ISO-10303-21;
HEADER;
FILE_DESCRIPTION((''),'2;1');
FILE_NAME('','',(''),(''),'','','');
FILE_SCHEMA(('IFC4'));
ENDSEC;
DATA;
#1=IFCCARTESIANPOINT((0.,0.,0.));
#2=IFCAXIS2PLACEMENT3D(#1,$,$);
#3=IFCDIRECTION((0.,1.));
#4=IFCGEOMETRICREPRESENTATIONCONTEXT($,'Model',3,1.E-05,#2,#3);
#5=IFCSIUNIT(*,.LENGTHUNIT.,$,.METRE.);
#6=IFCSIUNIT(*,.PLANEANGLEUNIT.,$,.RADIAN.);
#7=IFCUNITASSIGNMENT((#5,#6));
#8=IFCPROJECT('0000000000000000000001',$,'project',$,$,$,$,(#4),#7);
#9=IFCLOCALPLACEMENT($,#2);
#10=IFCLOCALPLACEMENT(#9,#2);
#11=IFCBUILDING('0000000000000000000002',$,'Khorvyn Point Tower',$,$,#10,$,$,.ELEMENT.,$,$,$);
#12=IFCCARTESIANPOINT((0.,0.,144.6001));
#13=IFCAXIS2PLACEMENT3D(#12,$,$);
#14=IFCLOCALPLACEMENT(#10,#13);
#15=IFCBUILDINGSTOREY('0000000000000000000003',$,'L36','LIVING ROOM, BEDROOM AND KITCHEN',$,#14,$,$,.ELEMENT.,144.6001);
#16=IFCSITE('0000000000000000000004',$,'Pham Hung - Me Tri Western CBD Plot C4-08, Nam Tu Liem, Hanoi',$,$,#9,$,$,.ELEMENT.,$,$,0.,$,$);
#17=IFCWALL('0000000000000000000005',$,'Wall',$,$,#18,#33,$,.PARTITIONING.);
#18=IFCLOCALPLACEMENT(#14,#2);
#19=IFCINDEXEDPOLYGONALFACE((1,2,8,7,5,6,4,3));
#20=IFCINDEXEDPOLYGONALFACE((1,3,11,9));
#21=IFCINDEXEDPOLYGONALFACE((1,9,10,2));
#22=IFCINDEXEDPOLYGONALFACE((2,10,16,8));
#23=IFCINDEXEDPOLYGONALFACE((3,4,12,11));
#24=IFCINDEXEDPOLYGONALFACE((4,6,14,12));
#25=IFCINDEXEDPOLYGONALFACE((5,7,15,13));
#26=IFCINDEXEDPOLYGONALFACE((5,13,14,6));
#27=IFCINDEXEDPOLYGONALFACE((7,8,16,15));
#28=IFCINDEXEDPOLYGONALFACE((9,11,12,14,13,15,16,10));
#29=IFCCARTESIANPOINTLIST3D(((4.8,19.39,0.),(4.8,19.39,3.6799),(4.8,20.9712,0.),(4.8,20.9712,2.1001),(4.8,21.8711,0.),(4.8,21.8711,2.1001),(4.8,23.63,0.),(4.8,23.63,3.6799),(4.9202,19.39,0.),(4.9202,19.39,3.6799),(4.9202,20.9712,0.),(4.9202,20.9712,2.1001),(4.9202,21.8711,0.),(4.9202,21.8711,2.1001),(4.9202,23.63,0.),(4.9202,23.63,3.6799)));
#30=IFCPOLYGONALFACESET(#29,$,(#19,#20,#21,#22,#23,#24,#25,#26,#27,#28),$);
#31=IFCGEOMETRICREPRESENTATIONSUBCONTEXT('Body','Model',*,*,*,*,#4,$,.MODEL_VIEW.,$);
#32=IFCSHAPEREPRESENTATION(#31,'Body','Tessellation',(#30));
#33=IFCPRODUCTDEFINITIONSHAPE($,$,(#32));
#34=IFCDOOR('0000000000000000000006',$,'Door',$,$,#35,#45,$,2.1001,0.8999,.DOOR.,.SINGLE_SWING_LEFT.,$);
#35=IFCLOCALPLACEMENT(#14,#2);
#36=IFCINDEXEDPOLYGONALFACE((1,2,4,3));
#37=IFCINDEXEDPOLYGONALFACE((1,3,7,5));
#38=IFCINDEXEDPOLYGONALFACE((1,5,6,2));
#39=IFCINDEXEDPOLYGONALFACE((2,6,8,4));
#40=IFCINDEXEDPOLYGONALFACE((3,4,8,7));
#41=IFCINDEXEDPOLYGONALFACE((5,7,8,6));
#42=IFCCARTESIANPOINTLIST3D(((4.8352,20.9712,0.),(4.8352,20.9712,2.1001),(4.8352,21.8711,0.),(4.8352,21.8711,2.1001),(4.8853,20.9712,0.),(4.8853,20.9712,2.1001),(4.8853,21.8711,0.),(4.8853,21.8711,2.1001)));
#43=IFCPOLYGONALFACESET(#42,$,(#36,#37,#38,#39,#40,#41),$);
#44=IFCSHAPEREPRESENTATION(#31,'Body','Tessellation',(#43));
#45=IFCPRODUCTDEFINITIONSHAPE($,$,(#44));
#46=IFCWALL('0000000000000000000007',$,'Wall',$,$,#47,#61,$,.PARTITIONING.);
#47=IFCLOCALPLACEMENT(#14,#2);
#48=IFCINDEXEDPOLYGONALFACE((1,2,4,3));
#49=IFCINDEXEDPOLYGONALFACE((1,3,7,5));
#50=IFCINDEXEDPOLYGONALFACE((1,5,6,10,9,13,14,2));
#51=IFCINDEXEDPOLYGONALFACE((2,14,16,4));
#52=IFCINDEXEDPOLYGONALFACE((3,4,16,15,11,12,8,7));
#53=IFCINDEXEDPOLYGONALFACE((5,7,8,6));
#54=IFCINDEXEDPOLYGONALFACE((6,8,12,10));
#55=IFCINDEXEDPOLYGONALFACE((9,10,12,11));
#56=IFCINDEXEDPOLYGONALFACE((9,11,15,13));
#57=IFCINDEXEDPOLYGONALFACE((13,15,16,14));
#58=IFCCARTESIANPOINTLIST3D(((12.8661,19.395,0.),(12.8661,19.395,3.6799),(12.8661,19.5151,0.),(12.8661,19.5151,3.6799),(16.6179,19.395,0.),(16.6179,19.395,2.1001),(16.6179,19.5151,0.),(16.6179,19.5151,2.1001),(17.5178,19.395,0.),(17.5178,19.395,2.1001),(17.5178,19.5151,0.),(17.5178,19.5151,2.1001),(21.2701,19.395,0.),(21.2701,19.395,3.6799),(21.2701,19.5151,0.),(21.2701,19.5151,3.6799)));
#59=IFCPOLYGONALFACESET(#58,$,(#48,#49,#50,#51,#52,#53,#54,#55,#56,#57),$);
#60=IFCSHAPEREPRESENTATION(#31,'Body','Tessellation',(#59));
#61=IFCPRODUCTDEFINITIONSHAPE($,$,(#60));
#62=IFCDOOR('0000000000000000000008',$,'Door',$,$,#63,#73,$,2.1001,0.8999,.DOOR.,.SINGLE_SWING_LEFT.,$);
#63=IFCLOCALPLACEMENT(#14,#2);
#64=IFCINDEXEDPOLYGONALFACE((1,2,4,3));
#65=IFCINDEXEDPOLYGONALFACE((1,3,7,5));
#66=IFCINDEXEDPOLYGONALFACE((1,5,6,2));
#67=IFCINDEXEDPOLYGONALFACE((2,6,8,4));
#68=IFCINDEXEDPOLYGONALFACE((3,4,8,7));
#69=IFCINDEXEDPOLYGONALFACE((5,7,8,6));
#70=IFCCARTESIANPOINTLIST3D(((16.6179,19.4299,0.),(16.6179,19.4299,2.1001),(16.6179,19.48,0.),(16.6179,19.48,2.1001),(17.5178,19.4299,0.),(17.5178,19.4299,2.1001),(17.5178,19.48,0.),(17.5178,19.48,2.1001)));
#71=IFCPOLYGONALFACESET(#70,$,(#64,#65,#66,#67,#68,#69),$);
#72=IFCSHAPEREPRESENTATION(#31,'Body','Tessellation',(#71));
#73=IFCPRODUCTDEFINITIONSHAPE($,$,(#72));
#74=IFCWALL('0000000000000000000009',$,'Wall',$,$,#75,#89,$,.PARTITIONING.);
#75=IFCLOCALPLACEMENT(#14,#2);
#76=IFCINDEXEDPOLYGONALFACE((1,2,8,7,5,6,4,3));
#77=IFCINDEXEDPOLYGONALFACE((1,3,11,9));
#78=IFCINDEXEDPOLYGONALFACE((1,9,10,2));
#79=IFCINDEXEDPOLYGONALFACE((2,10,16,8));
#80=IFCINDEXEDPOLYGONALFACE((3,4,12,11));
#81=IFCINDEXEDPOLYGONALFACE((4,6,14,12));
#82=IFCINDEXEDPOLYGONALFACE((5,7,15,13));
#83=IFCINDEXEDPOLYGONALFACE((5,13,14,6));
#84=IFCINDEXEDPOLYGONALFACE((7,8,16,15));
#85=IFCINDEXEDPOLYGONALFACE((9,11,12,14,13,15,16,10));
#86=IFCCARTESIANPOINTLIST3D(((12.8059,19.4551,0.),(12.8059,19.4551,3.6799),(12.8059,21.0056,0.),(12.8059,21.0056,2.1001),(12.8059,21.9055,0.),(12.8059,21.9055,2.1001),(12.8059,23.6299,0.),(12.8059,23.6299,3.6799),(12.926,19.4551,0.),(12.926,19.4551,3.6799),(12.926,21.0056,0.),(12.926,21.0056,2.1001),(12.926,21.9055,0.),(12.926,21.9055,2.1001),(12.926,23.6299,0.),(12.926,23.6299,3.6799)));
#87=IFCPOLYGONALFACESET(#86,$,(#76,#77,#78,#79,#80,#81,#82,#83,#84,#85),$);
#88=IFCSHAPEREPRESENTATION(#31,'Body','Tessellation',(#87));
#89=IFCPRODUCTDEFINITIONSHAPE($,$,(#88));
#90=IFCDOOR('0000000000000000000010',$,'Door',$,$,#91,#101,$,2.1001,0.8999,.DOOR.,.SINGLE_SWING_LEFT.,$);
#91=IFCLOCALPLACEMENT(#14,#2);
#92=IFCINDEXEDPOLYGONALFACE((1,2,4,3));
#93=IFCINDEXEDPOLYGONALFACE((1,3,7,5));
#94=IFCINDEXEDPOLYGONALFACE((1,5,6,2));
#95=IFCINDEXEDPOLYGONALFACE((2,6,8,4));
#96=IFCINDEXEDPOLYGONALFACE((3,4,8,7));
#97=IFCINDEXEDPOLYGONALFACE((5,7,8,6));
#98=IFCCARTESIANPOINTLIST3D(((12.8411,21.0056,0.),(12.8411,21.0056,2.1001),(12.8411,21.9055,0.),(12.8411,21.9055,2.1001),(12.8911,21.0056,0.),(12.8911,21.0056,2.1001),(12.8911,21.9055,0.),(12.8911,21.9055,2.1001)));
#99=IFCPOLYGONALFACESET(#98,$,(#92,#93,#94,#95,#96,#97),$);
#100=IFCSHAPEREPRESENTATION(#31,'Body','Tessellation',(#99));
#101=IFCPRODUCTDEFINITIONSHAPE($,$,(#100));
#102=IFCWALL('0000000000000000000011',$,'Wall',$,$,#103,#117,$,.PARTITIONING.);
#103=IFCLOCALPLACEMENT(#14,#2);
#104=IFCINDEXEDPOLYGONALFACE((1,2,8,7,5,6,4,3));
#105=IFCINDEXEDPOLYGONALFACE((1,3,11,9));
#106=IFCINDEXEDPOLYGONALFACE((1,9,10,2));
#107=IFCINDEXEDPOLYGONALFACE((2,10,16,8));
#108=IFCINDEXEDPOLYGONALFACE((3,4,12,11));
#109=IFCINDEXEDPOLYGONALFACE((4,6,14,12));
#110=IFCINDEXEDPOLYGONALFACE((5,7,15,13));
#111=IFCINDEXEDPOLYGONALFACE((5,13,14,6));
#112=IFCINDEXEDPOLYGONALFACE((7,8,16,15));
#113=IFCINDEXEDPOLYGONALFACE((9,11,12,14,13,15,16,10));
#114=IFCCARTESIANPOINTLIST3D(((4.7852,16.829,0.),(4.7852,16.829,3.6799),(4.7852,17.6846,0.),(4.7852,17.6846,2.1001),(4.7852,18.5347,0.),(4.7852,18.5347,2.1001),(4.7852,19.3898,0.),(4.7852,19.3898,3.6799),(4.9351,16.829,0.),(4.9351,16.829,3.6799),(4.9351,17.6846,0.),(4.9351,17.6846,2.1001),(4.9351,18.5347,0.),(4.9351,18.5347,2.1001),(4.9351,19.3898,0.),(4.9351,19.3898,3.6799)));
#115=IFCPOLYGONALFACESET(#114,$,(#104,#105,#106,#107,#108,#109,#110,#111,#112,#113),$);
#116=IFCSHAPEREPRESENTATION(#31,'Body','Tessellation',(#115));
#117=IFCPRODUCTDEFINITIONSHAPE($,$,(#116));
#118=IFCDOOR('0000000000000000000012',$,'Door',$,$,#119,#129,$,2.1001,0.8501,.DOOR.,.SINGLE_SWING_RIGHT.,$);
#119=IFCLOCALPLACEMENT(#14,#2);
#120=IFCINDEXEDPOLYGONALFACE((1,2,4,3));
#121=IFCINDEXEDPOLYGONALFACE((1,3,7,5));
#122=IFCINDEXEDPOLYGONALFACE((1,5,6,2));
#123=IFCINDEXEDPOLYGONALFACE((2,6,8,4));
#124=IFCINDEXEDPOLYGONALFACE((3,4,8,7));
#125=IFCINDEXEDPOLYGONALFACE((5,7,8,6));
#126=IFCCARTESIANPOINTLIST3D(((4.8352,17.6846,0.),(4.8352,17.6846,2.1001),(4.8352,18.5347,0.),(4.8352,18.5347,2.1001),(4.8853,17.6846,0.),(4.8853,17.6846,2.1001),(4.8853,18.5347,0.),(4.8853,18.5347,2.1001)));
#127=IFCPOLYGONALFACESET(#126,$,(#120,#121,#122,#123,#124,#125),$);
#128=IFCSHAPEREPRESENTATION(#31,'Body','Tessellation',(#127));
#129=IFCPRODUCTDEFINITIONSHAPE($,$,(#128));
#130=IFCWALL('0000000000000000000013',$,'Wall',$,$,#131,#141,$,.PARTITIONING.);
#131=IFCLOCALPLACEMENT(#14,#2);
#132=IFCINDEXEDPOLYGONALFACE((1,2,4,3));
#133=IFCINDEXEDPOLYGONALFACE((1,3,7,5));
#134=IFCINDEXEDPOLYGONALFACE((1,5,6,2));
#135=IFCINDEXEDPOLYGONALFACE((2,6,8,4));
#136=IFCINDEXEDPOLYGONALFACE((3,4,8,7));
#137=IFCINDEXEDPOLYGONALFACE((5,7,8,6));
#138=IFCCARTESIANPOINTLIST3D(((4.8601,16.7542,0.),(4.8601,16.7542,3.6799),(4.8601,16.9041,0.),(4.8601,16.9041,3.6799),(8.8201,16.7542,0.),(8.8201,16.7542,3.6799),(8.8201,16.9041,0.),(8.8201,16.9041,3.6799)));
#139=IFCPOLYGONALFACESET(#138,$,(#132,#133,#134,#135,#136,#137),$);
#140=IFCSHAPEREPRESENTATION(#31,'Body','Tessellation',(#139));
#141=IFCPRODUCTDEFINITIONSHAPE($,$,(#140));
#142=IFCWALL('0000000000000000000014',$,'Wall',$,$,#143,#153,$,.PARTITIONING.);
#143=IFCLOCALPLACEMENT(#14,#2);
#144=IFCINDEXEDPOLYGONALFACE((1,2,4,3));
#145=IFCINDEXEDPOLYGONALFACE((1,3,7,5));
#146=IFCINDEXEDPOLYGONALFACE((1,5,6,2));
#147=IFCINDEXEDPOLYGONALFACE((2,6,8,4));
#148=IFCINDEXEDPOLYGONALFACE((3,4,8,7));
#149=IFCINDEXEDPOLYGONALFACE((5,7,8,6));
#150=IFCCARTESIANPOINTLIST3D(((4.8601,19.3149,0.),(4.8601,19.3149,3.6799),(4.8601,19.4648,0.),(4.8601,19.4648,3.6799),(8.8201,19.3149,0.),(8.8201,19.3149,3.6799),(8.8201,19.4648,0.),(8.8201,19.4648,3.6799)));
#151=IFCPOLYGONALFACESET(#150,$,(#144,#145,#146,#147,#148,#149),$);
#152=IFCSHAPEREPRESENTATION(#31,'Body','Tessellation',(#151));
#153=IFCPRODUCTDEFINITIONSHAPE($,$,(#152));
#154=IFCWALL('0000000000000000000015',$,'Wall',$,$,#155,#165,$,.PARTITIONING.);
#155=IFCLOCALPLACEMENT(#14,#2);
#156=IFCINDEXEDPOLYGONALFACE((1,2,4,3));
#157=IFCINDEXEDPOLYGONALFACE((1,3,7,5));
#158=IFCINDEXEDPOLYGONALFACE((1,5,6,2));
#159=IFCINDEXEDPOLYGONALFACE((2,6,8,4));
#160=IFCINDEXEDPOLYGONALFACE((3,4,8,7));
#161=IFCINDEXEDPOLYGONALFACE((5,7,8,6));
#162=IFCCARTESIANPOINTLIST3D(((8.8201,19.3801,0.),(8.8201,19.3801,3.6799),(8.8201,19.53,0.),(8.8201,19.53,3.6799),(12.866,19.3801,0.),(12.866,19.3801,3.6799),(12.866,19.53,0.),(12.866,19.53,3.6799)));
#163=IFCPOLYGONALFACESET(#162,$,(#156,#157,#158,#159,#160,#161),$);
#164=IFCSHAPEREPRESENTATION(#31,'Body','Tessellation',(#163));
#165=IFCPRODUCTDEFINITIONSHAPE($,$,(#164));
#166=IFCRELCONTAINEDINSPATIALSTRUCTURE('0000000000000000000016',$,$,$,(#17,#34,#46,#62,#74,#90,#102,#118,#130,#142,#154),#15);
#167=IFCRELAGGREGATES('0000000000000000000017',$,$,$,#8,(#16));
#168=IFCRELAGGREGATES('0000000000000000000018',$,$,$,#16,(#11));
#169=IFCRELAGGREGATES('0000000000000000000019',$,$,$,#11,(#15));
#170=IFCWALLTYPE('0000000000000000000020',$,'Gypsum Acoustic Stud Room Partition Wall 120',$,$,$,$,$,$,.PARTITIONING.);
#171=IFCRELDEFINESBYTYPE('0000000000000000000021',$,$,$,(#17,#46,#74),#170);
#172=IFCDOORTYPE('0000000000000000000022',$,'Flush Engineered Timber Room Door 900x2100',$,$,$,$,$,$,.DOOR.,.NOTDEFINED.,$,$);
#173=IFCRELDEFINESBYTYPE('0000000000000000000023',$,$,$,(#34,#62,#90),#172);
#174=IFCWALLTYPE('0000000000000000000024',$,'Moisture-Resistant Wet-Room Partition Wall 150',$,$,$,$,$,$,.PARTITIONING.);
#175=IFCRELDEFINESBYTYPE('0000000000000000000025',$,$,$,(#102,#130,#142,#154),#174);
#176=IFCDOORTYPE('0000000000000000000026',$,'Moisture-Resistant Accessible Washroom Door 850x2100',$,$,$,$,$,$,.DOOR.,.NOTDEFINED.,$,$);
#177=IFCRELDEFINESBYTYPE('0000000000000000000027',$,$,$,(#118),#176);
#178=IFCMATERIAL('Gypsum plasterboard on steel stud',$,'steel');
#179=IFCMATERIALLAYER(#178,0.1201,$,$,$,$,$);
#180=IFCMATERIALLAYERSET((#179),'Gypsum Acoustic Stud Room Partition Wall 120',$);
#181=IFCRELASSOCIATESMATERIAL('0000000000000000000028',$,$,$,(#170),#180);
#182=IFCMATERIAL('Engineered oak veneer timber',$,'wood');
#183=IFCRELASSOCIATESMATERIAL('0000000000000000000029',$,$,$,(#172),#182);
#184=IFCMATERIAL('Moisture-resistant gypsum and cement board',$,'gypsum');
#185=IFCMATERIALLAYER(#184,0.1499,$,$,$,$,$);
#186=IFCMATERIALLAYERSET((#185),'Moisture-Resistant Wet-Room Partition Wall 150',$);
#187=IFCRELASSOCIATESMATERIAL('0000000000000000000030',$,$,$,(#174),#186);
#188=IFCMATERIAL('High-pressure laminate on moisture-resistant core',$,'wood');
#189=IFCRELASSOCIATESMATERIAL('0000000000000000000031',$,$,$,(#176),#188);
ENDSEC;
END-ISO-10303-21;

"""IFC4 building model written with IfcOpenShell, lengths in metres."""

from ifc_helpers import new_model, si_unit, direction, frame, frame_2d, origin, place, context, subcontext, project, spatial, rectangle, extrude, material, layer, layer_set, type_object, element, fill, save


model = new_model("IFC4")

# Units and contexts
model_context = context("Model", 3, precision=1e-05, world=origin(), true_north=direction((0.0, 1.0)))
body_context = subcontext(model_context, "Body", "Model", "MODEL_VIEW")
ifc_project = project(units=[si_unit("LENGTHUNIT", "METRE"), si_unit("PLANEANGLEUNIT", "RADIAN")], contexts=[model_context])

# Site, building, storey
site_placement = place(None, origin())
site = spatial("IfcSite", under=ifc_project, at=site_placement, Name="Pham Hung - Me Tri Western CBD Plot C4-08, Nam Tu Liem, Hanoi", CompositionType="ELEMENT", RefElevation=0.0)
building_placement = place(site_placement, origin())
building = spatial("IfcBuilding", under=site, at=building_placement, Name="Khorvyn Point Tower", CompositionType="ELEMENT")
storey_placement = place(building_placement, frame((0.0, 0.0, 144.6001)))
storey = spatial("IfcBuildingStorey", under=building, at=storey_placement, Name="L36", Description="LIVING ROOM, BEDROOM AND KITCHEN", CompositionType="ELEMENT", Elevation=144.6001)

# Walls, openings, doors
ifc_material_1 = material(Name="Gypsum plasterboard on steel stud", Category="steel")
ifc_layer_1 = layer(ifc_material_1, 0.1201)
ifc_layer_set_1 = layer_set([ifc_layer_1], Name="Gypsum Acoustic Stud Room Partition Wall 120")
wall_type_1 = type_object("IfcWallType", Name="Gypsum Acoustic Stud Room Partition Wall 120", PredefinedType="PARTITIONING", material=ifc_layer_set_1)
wall_1_placement = place(storey_placement, frame((4.8601, 19.3899, 0.0), z_axis=(0.0, 0.0, 1.0), x_axis=(0.0, 1.0, 0.0)))
wall_1 = element("IfcWall", 1, at=wall_1_placement, inside=storey, type_object=wall_type_1, Name="Wall", PredefinedType="PARTITIONING", context=body_context, shape_type="SweptSolid", body=[
    extrude(rectangle(XDim=4.24, YDim=0.1201, at=frame_2d((2.1201, 0.0))), origin(), (0.0, 0.0, 1.0), 3.6799),
])
opening_1_placement = place(wall_1_placement, frame((1.5813, 0.0, 0.0)))
opening_1 = element("IfcOpeningElement", 2, at=opening_1_placement, cuts=wall_1, PredefinedType="OPENING", context=body_context, shape_type="SweptSolid", body=[
    extrude(rectangle(XDim=0.8999, YDim=2.1001, at=frame_2d((0.45, 1.05))), frame((0.0, 0.0701, 0.0), z_axis=(0.0, -1.0, 0.0), x_axis=(1.0, 0.0, 0.0)), (0.0, 0.0, 1.0), 0.1401),
])
ifc_material_2 = material(Name="Engineered oak veneer timber", Category="wood")
door_type_1 = type_object("IfcDoorType", Name="Flush Engineered Timber Room Door 900x2100", OperationType="NOTDEFINED", PredefinedType="DOOR", material=ifc_material_2)
door_1_placement = place(opening_1_placement, origin())
door_1 = element("IfcDoor", 3, at=door_1_placement, inside=storey, type_object=door_type_1, Name="Door", OperationType="SINGLE_SWING_LEFT", OverallHeight=2.1001, OverallWidth=0.8999, PredefinedType="DOOR", context=body_context, shape_type="SweptSolid", body=[
    extrude(rectangle(XDim=0.8999, YDim=2.1001, at=frame_2d((0.45, 1.05))), frame((0.0, 0.0249, 0.0), z_axis=(0.0, -1.0, 0.0), x_axis=(1.0, 0.0, 0.0)), (0.0, 0.0, 1.0), 0.05),
])
fill(opening_1, door_1)
wall_2_placement = place(storey_placement, frame((12.866, 19.4551, 0.0), z_axis=(0.0, 0.0, 1.0), x_axis=(1.0, 0.0, 0.0)))
wall_2 = element("IfcWall", 4, at=wall_2_placement, inside=storey, type_object=wall_type_1, Name="Wall", PredefinedType="PARTITIONING", context=body_context, shape_type="SweptSolid", body=[
    extrude(rectangle(XDim=8.4041, YDim=0.1201, at=frame_2d((4.2021, 0.0))), origin(), (0.0, 0.0, 1.0), 3.6799),
])
opening_2_placement = place(wall_2_placement, frame((3.752, 0.0, 0.0)))
opening_2 = element("IfcOpeningElement", 5, at=opening_2_placement, cuts=wall_2, PredefinedType="OPENING", context=body_context, shape_type="SweptSolid", body=[
    extrude(rectangle(XDim=0.8999, YDim=2.1001, at=frame_2d((0.45, 1.05))), frame((0.0, 0.0701, 0.0), z_axis=(0.0, -1.0, 0.0), x_axis=(1.0, 0.0, 0.0)), (0.0, 0.0, 1.0), 0.1401),
])
door_2_placement = place(opening_2_placement, origin())
door_2 = element("IfcDoor", 6, at=door_2_placement, inside=storey, type_object=door_type_1, Name="Door", OperationType="SINGLE_SWING_LEFT", OverallHeight=2.1001, OverallWidth=0.8999, PredefinedType="DOOR", context=body_context, shape_type="SweptSolid", body=[
    extrude(rectangle(XDim=0.8999, YDim=2.1001, at=frame_2d((0.45, 1.05))), frame((0.0, 0.0249, 0.0), z_axis=(0.0, -1.0, 0.0), x_axis=(1.0, 0.0, 0.0)), (0.0, 0.0, 1.0), 0.05),
])
fill(opening_2, door_2)
wall_3_placement = place(storey_placement, frame((12.866, 19.4551, 0.0), z_axis=(0.0, 0.0, 1.0), x_axis=(0.0, 1.0, 0.0)))
wall_3 = element("IfcWall", 7, at=wall_3_placement, inside=storey, type_object=wall_type_1, Name="Wall", PredefinedType="PARTITIONING", context=body_context, shape_type="SweptSolid", body=[
    extrude(rectangle(XDim=4.1748, YDim=0.1201, at=frame_2d((2.0874, 0.0))), origin(), (0.0, 0.0, 1.0), 3.6799),
])
opening_3_placement = place(wall_3_placement, frame((1.5505, 0.0, 0.0)))
opening_3 = element("IfcOpeningElement", 8, at=opening_3_placement, cuts=wall_3, PredefinedType="OPENING", context=body_context, shape_type="SweptSolid", body=[
    extrude(rectangle(XDim=0.8999, YDim=2.1001, at=frame_2d((0.45, 1.05))), frame((0.0, 0.0701, 0.0), z_axis=(0.0, -1.0, 0.0), x_axis=(1.0, 0.0, 0.0)), (0.0, 0.0, 1.0), 0.1401),
])
door_3_placement = place(opening_3_placement, origin())
door_3 = element("IfcDoor", 9, at=door_3_placement, inside=storey, type_object=door_type_1, Name="Door", OperationType="SINGLE_SWING_LEFT", OverallHeight=2.1001, OverallWidth=0.8999, PredefinedType="DOOR", context=body_context, shape_type="SweptSolid", body=[
    extrude(rectangle(XDim=0.8999, YDim=2.1001, at=frame_2d((0.45, 1.05))), frame((0.0, 0.0249, 0.0), z_axis=(0.0, -1.0, 0.0), x_axis=(1.0, 0.0, 0.0)), (0.0, 0.0, 1.0), 0.05),
])
fill(opening_3, door_3)
ifc_material_3 = material(Name="Moisture-resistant gypsum and cement board", Category="gypsum")
ifc_layer_2 = layer(ifc_material_3, 0.1499)
ifc_layer_set_2 = layer_set([ifc_layer_2], Name="Moisture-Resistant Wet-Room Partition Wall 150")
wall_type_2 = type_object("IfcWallType", Name="Moisture-Resistant Wet-Room Partition Wall 150", PredefinedType="PARTITIONING", material=ifc_layer_set_2)
wall_4_placement = place(storey_placement, frame((4.8601, 16.8291, 0.0), z_axis=(0.0, 0.0, 1.0), x_axis=(0.0, 1.0, 0.0)))
wall_4 = element("IfcWall", 10, at=wall_4_placement, inside=storey, type_object=wall_type_2, Name="Wall", PredefinedType="PARTITIONING", context=body_context, shape_type="SweptSolid", body=[
    extrude(rectangle(XDim=2.5608, YDim=0.1499, at=frame_2d((1.2803, 0.0))), origin(), (0.0, 0.0, 1.0), 3.6799),
])
opening_4_placement = place(wall_4_placement, frame((0.8555, 0.0, 0.0)))
opening_4 = element("IfcOpeningElement", 11, at=opening_4_placement, cuts=wall_4, PredefinedType="OPENING", context=body_context, shape_type="SweptSolid", body=[
    extrude(rectangle(XDim=0.8501, YDim=2.1001, at=frame_2d((0.425, 1.05))), frame((0.0, 0.085, 0.0), z_axis=(0.0, -1.0, 0.0), x_axis=(1.0, 0.0, 0.0)), (0.0, 0.0, 1.0), 0.1699),
])
ifc_material_4 = material(Name="High-pressure laminate on moisture-resistant core", Category="wood")
door_type_2 = type_object("IfcDoorType", Name="Moisture-Resistant Accessible Washroom Door 850x2100", OperationType="NOTDEFINED", PredefinedType="DOOR", material=ifc_material_4)
door_4_placement = place(opening_4_placement, origin())
door_4 = element("IfcDoor", 12, at=door_4_placement, inside=storey, type_object=door_type_2, Name="Door", OperationType="SINGLE_SWING_RIGHT", OverallHeight=2.1001, OverallWidth=0.8501, PredefinedType="DOOR", context=body_context, shape_type="SweptSolid", body=[
    extrude(rectangle(XDim=0.8501, YDim=2.1001, at=frame_2d((0.425, 1.05))), frame((0.0, 0.0249, 0.0), z_axis=(0.0, -1.0, 0.0), x_axis=(1.0, 0.0, 0.0)), (0.0, 0.0, 1.0), 0.05),
])
fill(opening_4, door_4)

# Walls
for number, where, z_axis, x_axis, name in (
    (13, (4.8601, 16.8291, 0.0), (0.0, 0.0, 1.0), (1.0, 0.0, 0.0), "Wall"),
    (14, (4.8601, 19.3899, 0.0), (0.0, 0.0, 1.0), (1.0, 0.0, 0.0), "Wall"),
):
    element("IfcWall", number, at=place(storey_placement, frame(where, z_axis=z_axis, x_axis=x_axis)), inside=storey, type_object=wall_type_2, Name=name, PredefinedType="PARTITIONING", context=body_context, shape_type="SweptSolid", body=[
        extrude(rectangle(XDim=3.96, YDim=0.1499, at=frame_2d((1.98, 0.0))), origin(), (0.0, 0.0, 1.0), 3.6799),
    ])
wall_5_placement = place(storey_placement, frame((8.8201, 19.4551, 0.0), z_axis=(0.0, 0.0, 1.0), x_axis=(1.0, 0.0, 0.0)))
element("IfcWall", 15, at=wall_5_placement, inside=storey, type_object=wall_type_2, Name="Wall", PredefinedType="PARTITIONING", context=body_context, shape_type="SweptSolid", body=[
    extrude(rectangle(XDim=4.0459, YDim=0.1499, at=frame_2d((2.0229, 0.0))), origin(), (0.0, 0.0, 1.0), 3.6799),
])

save(model, "model.ifc")
